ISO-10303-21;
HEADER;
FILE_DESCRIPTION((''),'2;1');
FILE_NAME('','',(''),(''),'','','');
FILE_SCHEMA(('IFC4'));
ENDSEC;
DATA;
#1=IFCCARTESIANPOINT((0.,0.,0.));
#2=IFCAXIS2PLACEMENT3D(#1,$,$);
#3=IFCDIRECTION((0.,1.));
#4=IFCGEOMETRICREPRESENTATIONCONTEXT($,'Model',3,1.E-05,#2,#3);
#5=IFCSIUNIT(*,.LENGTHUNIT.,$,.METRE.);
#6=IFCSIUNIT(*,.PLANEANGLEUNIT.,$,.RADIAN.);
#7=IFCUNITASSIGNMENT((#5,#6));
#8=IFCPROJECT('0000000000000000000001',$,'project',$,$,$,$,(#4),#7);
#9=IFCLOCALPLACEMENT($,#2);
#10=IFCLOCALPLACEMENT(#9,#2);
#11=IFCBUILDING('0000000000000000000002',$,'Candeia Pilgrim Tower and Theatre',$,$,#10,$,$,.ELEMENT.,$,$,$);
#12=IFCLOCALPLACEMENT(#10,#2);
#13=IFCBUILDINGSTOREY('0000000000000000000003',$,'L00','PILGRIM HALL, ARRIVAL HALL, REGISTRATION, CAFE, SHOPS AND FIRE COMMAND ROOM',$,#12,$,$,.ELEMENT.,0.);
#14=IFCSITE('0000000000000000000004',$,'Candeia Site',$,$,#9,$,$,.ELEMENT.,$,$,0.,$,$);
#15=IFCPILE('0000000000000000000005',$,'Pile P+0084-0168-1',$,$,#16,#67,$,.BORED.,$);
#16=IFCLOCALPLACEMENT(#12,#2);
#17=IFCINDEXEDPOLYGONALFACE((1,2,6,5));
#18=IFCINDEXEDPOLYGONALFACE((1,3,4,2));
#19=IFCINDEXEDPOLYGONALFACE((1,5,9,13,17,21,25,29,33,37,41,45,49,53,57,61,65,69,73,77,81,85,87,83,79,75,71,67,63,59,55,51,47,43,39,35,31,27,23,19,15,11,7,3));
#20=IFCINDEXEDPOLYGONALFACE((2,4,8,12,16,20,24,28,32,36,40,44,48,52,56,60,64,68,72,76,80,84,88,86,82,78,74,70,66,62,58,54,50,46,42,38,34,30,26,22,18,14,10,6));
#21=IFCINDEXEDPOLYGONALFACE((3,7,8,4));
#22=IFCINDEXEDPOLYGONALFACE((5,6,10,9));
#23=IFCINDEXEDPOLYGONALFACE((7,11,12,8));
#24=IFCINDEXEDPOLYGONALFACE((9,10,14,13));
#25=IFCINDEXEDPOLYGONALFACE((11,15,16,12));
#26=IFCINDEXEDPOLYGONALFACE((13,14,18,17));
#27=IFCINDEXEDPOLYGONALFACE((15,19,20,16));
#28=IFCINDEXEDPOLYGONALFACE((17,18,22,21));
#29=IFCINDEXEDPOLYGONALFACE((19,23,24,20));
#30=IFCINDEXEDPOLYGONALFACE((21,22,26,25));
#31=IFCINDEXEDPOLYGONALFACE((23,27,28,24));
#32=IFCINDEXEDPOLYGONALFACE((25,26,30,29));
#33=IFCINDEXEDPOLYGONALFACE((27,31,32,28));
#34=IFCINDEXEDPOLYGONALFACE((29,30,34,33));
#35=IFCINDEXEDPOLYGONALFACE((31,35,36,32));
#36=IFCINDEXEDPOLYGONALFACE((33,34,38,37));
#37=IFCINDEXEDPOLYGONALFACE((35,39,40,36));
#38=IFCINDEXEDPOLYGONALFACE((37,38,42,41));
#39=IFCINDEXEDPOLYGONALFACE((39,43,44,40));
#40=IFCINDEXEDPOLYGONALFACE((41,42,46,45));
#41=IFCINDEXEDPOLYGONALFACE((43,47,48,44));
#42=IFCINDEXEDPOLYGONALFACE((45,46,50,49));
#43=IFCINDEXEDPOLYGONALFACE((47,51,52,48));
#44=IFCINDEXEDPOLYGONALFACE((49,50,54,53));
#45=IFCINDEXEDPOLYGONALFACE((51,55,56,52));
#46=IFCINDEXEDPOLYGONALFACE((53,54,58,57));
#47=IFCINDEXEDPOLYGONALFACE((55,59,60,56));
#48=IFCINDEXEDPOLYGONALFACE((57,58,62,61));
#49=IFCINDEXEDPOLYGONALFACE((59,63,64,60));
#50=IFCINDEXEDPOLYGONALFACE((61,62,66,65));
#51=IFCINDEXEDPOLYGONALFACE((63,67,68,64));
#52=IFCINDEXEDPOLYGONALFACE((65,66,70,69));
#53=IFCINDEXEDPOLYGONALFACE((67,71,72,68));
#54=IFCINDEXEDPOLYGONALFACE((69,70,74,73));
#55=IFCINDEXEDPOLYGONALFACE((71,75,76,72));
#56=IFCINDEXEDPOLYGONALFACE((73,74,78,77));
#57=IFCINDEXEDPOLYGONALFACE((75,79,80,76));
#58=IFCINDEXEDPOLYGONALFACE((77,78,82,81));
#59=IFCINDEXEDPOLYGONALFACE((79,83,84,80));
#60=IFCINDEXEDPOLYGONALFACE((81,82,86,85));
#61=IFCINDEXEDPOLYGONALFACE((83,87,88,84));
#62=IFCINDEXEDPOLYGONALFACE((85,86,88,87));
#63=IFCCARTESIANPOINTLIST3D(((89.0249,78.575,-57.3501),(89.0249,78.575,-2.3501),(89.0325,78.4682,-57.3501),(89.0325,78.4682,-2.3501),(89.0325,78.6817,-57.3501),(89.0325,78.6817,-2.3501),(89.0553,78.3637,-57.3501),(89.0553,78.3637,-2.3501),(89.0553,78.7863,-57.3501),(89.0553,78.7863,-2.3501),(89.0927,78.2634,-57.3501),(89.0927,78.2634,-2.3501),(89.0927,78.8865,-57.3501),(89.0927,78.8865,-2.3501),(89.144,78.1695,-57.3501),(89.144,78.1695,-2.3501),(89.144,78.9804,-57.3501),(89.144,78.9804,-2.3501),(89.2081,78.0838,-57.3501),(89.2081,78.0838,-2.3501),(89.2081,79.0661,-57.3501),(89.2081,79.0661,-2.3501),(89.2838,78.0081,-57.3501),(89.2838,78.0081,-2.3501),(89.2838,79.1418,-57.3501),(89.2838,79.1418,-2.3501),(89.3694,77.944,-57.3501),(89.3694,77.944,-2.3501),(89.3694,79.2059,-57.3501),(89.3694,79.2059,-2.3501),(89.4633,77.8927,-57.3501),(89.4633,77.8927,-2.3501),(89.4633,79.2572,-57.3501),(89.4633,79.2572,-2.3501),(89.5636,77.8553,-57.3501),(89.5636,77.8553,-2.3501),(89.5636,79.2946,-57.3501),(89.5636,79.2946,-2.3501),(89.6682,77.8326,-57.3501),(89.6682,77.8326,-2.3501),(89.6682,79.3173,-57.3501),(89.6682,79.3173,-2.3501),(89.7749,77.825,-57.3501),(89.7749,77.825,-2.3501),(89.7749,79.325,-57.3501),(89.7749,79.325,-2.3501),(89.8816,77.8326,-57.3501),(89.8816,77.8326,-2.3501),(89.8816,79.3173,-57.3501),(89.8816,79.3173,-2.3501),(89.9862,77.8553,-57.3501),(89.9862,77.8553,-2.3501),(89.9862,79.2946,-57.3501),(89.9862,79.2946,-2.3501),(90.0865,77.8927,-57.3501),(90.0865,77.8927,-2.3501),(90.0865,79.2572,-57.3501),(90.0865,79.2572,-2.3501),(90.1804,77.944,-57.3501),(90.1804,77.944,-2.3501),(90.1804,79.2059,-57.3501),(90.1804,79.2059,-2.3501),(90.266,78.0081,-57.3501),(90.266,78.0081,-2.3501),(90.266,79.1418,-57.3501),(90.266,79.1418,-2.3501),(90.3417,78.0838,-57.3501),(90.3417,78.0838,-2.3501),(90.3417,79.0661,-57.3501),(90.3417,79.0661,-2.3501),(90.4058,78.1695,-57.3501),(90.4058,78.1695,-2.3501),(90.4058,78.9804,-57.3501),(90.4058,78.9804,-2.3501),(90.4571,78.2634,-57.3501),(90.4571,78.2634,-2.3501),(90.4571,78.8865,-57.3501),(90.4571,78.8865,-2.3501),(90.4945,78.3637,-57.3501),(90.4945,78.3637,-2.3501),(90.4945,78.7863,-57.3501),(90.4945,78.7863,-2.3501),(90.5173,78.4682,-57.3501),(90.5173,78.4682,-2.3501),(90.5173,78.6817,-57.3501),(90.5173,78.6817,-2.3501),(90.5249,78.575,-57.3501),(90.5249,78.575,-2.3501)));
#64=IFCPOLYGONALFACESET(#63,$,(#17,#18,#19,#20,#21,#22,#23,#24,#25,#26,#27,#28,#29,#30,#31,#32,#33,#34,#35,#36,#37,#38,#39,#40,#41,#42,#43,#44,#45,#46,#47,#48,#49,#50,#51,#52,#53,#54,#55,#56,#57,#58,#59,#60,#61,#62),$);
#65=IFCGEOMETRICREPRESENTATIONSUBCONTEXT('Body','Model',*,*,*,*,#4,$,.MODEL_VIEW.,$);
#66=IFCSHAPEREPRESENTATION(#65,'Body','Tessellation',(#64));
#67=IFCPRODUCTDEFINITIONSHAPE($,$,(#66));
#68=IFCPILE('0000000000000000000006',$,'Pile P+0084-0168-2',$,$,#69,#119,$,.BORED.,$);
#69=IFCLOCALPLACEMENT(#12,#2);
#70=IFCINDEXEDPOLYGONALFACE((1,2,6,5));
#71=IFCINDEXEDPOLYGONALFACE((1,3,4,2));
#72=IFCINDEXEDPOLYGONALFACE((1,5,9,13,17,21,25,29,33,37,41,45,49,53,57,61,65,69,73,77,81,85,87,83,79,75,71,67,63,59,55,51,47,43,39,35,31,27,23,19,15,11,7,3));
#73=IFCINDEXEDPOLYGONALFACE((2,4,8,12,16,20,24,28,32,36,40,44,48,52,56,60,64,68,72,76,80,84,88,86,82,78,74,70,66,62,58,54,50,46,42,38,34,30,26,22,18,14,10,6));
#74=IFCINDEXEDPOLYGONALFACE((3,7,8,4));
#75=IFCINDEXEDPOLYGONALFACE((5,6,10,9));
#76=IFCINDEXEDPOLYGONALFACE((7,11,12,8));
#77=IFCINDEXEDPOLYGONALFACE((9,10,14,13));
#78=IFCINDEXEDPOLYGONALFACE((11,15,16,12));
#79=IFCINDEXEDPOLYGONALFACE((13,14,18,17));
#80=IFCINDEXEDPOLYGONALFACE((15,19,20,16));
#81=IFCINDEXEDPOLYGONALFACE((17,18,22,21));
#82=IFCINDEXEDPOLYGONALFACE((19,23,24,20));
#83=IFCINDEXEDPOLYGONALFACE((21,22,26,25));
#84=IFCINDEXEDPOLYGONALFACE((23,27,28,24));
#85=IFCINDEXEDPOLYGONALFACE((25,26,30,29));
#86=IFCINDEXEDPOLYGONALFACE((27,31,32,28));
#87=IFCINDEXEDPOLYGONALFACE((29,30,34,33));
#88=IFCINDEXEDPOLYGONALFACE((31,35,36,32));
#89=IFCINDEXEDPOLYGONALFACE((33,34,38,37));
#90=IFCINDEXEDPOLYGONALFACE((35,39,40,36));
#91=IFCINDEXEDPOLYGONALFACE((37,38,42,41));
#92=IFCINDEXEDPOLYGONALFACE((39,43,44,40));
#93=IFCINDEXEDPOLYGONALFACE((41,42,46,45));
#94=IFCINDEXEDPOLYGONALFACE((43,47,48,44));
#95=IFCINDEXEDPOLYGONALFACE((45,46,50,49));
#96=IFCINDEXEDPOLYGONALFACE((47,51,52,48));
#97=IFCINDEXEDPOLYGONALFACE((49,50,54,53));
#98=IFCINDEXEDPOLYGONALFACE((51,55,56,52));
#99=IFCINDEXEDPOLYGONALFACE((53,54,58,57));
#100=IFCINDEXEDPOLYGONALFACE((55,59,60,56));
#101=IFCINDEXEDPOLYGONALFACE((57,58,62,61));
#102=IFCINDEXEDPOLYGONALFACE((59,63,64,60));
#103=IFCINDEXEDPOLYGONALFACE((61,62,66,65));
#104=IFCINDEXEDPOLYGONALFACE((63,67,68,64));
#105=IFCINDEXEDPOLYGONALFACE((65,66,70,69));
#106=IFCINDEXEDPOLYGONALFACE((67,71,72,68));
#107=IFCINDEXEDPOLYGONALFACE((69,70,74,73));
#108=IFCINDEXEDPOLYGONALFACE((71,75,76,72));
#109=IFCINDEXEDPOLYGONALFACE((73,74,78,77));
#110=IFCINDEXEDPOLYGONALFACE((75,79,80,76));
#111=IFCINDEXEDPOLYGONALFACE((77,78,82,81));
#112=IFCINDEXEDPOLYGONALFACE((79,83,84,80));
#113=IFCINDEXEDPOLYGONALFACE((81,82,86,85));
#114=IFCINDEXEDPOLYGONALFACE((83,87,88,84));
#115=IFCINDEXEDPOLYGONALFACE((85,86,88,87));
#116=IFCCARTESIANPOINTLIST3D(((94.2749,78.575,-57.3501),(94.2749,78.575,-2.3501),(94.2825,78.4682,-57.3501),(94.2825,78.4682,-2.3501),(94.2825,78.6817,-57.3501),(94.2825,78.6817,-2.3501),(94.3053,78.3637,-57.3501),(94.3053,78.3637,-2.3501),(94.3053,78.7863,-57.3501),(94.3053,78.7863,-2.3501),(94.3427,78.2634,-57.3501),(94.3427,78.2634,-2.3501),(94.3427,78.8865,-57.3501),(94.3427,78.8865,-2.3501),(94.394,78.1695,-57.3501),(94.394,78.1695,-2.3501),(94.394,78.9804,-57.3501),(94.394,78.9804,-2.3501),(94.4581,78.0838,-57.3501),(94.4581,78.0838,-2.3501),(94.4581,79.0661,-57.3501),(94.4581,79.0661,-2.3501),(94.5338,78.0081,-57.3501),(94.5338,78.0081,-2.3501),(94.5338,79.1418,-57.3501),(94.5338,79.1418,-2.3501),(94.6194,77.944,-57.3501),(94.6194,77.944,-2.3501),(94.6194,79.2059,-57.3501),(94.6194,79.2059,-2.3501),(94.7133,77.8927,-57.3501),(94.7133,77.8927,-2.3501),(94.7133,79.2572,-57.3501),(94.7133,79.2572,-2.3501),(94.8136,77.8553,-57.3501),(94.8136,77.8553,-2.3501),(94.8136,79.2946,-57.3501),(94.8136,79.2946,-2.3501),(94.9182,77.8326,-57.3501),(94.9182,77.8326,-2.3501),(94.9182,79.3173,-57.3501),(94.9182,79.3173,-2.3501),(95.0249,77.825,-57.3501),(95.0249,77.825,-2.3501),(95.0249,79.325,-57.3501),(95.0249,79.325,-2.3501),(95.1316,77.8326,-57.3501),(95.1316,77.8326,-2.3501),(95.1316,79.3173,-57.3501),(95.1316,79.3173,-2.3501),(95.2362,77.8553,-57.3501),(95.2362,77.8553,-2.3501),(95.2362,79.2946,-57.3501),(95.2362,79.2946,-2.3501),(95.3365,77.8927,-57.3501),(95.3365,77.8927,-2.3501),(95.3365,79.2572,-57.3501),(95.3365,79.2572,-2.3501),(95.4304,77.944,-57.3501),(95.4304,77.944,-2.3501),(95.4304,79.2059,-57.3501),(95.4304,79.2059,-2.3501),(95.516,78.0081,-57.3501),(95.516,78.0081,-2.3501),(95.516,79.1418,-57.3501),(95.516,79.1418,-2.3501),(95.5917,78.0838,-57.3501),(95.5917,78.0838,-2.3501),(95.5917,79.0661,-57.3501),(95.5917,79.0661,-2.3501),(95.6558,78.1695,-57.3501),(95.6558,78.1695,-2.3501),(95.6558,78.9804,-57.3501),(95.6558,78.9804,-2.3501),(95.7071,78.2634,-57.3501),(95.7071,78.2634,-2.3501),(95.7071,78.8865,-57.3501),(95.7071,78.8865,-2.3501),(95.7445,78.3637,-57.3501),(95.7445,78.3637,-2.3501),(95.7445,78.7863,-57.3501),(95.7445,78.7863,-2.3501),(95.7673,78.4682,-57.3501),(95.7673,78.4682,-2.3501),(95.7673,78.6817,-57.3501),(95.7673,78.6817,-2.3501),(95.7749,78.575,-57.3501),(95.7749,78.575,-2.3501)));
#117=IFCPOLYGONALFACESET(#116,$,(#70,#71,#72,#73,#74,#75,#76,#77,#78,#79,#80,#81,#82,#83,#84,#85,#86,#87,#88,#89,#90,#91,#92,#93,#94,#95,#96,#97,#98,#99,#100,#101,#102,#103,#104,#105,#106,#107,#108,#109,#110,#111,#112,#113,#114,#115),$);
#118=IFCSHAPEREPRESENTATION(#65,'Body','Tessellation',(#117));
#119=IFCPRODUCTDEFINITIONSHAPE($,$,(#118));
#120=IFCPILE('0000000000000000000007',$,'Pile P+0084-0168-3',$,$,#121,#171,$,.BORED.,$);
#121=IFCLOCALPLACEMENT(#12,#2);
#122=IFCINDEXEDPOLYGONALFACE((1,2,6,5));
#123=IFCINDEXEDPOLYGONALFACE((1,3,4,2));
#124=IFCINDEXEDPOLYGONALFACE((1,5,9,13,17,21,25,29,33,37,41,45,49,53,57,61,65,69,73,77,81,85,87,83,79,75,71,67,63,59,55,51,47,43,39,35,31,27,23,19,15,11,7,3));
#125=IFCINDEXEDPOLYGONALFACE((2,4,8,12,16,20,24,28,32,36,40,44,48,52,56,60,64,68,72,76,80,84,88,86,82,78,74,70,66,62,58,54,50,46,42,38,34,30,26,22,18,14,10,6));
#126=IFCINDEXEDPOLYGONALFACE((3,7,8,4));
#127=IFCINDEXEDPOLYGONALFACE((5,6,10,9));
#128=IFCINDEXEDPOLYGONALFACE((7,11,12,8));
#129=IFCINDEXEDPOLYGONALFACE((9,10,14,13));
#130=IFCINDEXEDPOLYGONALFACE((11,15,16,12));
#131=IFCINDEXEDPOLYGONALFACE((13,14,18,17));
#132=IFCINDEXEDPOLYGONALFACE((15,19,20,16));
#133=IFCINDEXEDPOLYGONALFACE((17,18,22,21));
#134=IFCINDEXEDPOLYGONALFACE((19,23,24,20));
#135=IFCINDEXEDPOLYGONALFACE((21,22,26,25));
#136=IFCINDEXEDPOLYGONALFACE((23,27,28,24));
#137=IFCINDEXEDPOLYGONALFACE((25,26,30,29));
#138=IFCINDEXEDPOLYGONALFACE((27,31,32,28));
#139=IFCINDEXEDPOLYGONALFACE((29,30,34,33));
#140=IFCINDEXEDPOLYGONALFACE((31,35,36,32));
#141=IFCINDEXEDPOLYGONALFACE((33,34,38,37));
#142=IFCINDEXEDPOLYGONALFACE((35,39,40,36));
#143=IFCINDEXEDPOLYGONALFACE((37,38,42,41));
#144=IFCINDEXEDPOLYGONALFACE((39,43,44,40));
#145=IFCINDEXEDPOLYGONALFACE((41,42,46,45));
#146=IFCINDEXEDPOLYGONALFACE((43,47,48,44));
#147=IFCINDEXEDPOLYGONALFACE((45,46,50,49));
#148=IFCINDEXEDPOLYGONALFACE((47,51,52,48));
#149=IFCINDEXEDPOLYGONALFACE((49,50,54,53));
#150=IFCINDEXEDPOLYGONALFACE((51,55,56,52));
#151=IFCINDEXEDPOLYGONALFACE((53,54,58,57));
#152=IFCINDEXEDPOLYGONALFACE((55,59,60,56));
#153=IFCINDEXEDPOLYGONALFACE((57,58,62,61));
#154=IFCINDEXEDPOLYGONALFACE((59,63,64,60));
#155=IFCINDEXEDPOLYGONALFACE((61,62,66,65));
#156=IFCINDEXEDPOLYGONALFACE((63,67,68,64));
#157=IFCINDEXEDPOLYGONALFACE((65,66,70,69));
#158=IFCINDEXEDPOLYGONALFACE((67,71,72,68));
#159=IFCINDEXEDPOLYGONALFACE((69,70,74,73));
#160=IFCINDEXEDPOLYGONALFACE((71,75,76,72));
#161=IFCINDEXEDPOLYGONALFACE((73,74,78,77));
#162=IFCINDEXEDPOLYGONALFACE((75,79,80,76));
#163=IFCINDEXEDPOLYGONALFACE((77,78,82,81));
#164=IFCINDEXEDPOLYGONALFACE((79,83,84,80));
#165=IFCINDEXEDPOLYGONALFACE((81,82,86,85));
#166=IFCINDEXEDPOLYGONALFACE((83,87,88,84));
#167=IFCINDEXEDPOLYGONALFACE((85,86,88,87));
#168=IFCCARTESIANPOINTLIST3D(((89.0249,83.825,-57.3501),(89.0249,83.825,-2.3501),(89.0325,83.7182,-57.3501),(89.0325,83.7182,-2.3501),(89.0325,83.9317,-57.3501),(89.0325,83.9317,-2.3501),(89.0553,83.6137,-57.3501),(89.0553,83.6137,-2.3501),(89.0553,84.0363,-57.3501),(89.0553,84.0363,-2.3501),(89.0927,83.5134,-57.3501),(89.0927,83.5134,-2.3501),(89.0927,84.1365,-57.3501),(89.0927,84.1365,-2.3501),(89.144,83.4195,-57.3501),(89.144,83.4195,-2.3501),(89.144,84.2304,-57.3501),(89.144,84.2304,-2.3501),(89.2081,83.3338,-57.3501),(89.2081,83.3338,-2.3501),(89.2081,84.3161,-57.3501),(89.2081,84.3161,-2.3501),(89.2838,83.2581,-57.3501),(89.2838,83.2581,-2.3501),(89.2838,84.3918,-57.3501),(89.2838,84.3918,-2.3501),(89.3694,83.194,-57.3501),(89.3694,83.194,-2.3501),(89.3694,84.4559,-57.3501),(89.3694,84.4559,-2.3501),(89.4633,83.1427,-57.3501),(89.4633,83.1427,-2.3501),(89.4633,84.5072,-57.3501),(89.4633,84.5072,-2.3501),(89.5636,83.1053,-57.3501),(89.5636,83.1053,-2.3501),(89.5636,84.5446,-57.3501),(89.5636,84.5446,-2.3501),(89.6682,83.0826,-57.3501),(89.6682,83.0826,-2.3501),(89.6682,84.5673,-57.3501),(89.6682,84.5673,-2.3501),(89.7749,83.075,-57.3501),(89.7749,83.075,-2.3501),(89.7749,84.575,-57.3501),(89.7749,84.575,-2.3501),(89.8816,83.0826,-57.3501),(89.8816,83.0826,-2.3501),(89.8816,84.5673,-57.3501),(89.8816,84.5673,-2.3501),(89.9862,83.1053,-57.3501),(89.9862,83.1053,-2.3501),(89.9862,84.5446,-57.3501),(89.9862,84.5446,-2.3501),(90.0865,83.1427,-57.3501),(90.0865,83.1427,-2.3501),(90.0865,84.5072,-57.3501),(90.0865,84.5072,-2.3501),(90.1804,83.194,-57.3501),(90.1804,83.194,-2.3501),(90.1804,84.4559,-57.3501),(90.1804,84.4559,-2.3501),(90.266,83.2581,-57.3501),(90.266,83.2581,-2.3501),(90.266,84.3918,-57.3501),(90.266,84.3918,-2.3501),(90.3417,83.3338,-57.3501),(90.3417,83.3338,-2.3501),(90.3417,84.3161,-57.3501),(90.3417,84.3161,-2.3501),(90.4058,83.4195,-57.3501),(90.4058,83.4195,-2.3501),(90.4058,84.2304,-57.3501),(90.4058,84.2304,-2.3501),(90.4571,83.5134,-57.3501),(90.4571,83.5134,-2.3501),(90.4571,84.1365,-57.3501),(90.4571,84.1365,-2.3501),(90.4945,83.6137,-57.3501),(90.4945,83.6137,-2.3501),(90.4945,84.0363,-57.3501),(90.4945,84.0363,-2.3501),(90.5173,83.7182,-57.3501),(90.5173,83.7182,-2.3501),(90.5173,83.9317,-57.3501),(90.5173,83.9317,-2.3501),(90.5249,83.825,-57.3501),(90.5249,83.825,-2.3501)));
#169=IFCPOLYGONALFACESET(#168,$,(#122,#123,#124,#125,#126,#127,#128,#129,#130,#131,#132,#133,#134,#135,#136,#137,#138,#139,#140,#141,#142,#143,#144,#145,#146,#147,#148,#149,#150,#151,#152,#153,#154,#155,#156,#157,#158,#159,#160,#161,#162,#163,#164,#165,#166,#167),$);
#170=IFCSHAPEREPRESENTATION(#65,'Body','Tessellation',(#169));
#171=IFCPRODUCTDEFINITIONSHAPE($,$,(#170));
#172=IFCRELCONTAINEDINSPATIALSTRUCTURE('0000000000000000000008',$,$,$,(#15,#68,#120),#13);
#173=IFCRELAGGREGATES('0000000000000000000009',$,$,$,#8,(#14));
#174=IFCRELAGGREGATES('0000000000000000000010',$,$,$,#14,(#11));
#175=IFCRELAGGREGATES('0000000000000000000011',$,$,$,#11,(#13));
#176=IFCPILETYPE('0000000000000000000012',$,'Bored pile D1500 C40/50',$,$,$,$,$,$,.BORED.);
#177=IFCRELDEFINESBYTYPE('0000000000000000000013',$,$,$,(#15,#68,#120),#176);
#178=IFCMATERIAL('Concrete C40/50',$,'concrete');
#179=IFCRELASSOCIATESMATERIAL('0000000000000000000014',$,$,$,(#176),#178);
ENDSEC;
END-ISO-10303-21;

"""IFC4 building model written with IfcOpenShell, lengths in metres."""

from ifc_helpers import new_model, si_unit, direction, frame, origin, origin_2d, place, context, subcontext, project, spatial, circle, extrude, material, material_profile, profile_set, type_object, element, save


model = new_model("IFC4")

# Units and contexts
model_context = context("Model", 3, precision=1e-05, world=origin(), true_north=direction((0.0, 1.0)))
body_context = subcontext(model_context, "Body", "Model", "MODEL_VIEW")
ifc_project = project(units=[si_unit("LENGTHUNIT", "METRE"), si_unit("PLANEANGLEUNIT", "RADIAN")], contexts=[model_context])

# Site, building, storey
site_placement = place(None, origin())
site = spatial("IfcSite", under=ifc_project, at=site_placement, Name="Candeia Site", CompositionType="ELEMENT", RefElevation=0.0)
building_placement = place(site_placement, origin())
building = spatial("IfcBuilding", under=site, at=building_placement, Name="Candeia Pilgrim Tower and Theatre", CompositionType="ELEMENT")
storey_placement = place(building_placement, origin())
storey = spatial("IfcBuildingStorey", under=building, at=storey_placement, Name="L00", Description="PILGRIM HALL, ARRIVAL HALL, REGISTRATION, CAFE, SHOPS AND FIRE COMMAND ROOM", CompositionType="ELEMENT", Elevation=0.0)

# Piles
ifc_material_1 = material(Name="Concrete C40/50", Category="concrete")
ifc_material_profile_1 = material_profile(ifc_material_1, circle(Radius=0.75, at=origin_2d()))
ifc_profile_set_1 = profile_set([ifc_material_profile_1], Name="Concrete C40/50")
pile_type = type_object("IfcPileType", Name="Bored pile D1500 C40/50", PredefinedType="BORED", material=ifc_profile_set_1)
for number, where, z_axis, x_axis, name in (
    (1, (89.7749, 78.575, -2.3501), (0.0, 0.0, -1.0), (1.0, 0.0, 0.0), "Pile P+0084-0168-1"),
    (2, (95.0249, 78.575, -2.3501), (0.0, 0.0, -1.0), (1.0, 0.0, 0.0), "Pile P+0084-0168-2"),
    (3, (89.7749, 83.825, -2.3501), (0.0, 0.0, -1.0), (1.0, 0.0, 0.0), "Pile P+0084-0168-3"),
):
    element("IfcPile", number, at=place(storey_placement, frame(where, z_axis=z_axis, x_axis=x_axis)), inside=storey, type_object=pile_type, Name=name, PredefinedType="BORED", context=body_context, shape_type="SweptSolid", body=[
        extrude(circle(Radius=0.75, at=origin_2d()), origin(), (0.0, 0.0, 1.0), 55.0),
    ])

save(model, "model.ifc")
